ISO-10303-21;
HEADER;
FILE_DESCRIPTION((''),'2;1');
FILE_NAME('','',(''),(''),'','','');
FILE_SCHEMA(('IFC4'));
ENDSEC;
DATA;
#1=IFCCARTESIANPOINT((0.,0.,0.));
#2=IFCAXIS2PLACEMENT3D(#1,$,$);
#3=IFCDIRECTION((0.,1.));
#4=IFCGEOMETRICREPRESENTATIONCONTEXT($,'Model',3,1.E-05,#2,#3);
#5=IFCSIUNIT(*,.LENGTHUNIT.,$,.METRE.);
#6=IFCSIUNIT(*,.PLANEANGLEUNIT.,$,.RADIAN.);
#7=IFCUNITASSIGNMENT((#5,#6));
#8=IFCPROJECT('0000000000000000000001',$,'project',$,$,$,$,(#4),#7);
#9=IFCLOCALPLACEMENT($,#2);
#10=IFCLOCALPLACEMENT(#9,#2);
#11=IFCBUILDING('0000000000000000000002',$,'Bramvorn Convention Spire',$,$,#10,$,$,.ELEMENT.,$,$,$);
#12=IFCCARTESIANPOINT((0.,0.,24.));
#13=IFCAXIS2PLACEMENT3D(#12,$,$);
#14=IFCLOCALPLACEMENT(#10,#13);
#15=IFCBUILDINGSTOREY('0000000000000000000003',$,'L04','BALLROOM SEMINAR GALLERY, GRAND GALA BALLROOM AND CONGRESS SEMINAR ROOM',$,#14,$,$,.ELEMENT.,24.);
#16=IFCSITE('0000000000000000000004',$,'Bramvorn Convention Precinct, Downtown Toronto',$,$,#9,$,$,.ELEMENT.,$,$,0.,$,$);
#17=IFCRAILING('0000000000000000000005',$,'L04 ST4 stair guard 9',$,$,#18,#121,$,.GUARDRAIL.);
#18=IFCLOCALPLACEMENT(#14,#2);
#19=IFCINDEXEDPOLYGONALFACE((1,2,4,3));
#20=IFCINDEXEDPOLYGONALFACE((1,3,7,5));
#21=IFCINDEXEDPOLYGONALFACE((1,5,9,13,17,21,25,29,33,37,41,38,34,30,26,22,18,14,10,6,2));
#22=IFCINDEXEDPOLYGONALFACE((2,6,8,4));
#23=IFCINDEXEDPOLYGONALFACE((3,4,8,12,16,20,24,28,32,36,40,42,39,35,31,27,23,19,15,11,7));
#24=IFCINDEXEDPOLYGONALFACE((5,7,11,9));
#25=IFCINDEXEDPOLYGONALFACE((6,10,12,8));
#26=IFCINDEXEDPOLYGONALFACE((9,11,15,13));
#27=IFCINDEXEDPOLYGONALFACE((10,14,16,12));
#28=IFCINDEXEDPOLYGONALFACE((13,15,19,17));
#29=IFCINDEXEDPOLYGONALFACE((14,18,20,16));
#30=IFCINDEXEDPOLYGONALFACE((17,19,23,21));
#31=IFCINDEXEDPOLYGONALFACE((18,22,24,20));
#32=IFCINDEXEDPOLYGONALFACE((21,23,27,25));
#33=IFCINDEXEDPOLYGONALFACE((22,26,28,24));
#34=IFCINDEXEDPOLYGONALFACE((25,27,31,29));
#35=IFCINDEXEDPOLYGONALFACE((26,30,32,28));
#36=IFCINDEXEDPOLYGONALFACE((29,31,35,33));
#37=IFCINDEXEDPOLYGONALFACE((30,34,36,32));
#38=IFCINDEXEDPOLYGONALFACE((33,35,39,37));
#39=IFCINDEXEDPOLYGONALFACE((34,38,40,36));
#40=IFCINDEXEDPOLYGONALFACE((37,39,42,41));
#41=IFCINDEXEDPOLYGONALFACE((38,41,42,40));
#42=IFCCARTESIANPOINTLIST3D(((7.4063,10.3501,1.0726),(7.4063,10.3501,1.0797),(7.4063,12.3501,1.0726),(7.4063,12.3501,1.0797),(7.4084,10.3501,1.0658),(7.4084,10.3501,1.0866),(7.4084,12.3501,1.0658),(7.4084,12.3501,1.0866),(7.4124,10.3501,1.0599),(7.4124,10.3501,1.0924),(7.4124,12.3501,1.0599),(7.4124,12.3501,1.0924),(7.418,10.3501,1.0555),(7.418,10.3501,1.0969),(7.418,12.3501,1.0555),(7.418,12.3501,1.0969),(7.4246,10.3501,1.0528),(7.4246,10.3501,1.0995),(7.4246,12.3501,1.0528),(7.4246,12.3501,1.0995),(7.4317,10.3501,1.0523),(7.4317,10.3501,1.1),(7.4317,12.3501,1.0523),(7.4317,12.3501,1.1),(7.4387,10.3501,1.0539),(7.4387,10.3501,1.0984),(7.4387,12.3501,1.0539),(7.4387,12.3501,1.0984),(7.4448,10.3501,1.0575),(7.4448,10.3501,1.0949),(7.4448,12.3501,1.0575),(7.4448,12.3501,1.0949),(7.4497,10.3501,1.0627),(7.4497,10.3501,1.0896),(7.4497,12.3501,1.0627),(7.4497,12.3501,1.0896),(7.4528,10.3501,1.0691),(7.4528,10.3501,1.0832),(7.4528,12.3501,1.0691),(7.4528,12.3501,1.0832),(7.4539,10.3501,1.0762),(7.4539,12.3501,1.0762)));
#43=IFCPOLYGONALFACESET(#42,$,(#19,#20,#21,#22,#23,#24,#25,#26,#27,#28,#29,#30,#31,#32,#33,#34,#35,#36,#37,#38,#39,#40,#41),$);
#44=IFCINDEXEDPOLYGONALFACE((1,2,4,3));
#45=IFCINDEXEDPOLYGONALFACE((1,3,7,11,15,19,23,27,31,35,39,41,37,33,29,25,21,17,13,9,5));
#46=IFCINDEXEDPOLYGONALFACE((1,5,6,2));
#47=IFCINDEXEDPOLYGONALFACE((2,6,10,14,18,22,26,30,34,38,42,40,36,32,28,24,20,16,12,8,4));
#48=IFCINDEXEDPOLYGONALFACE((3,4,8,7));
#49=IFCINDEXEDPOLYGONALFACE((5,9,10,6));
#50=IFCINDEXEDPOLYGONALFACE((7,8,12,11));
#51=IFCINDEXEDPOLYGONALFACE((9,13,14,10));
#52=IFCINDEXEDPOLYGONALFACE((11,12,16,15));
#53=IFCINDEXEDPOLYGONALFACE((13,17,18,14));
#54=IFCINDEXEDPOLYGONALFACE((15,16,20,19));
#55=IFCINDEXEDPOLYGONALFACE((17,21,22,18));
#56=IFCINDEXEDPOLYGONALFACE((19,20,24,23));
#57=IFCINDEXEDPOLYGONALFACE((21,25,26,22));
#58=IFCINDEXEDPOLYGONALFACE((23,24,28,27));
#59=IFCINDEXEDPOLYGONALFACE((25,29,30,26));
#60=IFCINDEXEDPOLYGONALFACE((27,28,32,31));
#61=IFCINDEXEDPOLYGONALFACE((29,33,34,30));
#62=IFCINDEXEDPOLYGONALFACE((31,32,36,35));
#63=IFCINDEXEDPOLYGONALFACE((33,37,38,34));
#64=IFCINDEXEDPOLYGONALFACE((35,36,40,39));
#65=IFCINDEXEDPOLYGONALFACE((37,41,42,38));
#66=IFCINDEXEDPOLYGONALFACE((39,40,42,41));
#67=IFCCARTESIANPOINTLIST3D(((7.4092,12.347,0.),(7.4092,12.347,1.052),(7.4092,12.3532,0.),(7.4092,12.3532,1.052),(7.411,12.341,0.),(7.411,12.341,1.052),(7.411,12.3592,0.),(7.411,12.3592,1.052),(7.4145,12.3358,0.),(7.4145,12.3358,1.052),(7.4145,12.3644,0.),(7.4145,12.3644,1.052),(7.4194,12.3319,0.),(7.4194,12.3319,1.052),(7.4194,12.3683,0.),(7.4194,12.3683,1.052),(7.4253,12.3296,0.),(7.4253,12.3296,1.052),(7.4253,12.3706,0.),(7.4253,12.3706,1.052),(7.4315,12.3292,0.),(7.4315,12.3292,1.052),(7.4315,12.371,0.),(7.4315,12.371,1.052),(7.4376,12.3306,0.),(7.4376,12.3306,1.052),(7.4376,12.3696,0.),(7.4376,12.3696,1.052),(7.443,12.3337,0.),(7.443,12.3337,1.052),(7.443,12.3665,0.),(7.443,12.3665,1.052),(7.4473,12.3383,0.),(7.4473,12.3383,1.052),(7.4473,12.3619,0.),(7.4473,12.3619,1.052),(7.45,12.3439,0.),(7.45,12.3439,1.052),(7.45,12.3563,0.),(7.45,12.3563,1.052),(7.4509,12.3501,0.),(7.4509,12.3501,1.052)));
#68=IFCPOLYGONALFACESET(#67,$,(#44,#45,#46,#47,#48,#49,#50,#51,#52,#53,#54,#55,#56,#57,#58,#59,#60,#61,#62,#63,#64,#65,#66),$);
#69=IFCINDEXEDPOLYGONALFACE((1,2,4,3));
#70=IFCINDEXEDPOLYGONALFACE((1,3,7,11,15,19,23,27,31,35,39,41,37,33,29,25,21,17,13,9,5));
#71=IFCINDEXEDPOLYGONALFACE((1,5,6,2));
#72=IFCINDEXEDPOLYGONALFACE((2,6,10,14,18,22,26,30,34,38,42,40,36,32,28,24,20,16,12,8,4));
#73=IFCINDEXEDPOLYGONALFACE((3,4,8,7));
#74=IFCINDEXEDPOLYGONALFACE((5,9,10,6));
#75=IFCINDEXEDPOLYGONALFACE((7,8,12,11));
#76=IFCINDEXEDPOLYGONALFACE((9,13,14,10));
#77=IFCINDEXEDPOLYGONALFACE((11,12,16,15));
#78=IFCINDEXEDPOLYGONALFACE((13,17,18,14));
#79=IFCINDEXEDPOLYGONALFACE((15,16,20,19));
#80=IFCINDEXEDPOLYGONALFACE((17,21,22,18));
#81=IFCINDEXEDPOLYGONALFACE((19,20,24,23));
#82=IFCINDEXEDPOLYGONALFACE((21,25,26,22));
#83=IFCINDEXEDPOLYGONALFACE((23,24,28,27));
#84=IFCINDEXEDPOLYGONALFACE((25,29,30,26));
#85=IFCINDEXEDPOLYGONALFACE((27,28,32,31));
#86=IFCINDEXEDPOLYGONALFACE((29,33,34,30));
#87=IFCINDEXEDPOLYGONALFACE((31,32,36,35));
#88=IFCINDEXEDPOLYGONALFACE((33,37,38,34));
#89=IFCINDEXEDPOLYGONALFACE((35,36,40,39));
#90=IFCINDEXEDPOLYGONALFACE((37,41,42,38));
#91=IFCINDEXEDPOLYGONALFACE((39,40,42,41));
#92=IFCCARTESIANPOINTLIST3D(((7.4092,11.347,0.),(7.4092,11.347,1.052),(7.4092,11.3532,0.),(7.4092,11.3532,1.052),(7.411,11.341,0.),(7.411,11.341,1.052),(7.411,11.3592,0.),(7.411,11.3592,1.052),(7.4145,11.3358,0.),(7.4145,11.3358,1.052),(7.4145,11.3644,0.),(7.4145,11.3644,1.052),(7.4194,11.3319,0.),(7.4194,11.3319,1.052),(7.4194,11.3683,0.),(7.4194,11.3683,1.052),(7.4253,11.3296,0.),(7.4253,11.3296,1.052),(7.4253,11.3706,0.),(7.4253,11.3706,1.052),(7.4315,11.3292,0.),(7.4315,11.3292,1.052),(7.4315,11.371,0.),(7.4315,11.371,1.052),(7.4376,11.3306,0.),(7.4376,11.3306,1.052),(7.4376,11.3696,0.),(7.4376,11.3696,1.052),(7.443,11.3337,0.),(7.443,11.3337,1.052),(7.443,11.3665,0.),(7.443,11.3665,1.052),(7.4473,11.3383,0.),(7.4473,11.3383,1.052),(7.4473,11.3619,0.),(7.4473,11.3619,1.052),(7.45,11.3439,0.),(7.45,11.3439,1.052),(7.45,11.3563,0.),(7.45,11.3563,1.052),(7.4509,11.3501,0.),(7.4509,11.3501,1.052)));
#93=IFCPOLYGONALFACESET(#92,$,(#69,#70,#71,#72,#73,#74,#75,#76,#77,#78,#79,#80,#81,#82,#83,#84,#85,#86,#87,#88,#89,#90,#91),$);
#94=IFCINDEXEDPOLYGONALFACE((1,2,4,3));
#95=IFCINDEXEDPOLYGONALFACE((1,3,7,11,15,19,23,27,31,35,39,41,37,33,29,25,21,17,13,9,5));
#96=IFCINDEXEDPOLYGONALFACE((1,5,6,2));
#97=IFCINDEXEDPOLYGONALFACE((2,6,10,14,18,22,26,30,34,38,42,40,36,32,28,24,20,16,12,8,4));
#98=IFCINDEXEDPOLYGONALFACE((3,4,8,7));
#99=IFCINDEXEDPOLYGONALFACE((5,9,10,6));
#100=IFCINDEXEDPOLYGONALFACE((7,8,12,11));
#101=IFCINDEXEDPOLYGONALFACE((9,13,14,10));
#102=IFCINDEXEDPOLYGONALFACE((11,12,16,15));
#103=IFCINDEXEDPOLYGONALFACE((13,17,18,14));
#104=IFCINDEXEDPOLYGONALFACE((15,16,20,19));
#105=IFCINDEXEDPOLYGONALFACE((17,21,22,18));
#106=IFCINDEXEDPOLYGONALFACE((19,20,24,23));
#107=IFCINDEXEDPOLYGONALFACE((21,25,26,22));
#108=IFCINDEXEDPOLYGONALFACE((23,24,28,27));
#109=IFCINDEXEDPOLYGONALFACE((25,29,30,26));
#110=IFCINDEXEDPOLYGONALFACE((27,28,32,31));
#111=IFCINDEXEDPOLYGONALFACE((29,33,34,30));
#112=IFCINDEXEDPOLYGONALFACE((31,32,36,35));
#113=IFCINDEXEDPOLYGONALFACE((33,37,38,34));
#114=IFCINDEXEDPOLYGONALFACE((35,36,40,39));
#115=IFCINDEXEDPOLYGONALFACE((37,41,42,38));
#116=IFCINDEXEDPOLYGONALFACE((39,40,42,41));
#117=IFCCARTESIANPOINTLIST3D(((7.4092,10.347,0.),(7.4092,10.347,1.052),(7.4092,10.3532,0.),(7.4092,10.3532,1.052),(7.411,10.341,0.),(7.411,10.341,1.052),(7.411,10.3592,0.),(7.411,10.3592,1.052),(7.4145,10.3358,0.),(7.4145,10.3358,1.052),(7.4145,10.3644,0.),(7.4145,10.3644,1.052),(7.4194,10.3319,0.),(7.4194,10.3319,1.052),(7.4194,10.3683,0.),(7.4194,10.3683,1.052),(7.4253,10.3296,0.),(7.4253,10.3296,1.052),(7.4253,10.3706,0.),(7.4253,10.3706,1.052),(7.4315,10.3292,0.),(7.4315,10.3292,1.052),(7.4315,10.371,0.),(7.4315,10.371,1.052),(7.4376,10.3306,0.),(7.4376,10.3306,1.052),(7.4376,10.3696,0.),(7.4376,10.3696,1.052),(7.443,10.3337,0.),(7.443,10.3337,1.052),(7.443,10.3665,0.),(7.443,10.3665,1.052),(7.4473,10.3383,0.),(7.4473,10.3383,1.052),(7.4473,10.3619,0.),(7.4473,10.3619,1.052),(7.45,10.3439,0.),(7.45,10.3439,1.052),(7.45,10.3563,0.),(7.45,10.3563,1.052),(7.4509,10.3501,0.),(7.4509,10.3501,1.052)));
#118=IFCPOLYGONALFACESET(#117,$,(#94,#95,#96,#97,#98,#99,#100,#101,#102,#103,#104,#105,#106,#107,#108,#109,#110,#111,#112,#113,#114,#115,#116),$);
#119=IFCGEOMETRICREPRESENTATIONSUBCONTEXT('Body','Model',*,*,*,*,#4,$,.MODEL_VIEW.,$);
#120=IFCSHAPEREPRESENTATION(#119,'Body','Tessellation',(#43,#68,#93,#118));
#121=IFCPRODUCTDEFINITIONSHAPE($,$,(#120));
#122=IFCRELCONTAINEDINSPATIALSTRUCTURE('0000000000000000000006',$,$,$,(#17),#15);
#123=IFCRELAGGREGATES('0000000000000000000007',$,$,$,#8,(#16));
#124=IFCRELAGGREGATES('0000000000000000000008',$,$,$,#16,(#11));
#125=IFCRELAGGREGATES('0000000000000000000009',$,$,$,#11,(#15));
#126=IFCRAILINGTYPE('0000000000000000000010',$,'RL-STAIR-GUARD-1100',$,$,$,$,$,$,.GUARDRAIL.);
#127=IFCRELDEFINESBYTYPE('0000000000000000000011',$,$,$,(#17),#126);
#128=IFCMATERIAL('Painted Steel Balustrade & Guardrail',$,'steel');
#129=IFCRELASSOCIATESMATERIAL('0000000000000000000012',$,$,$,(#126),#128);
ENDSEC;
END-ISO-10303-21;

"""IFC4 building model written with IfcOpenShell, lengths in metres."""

from ifc_helpers import new_model, si_unit, direction, frame, origin, origin_2d, place, context, subcontext, project, spatial, circle, extrude, material, type_object, element, save


model = new_model("IFC4")

# Units and contexts
model_context = context("Model", 3, precision=1e-05, world=origin(), true_north=direction((0.0, 1.0)))
body_context = subcontext(model_context, "Body", "Model", "MODEL_VIEW")
ifc_project = project(units=[si_unit("LENGTHUNIT", "METRE"), si_unit("PLANEANGLEUNIT", "RADIAN")], contexts=[model_context])

# Site, building, storey
site_placement = place(None, origin())
site = spatial("IfcSite", under=ifc_project, at=site_placement, Name="Bramvorn Convention Precinct, Downtown Toronto", CompositionType="ELEMENT", RefElevation=0.0)
building_placement = place(site_placement, origin())
building = spatial("IfcBuilding", under=site, at=building_placement, Name="Bramvorn Convention Spire", CompositionType="ELEMENT")
storey_placement = place(building_placement, frame((0.0, 0.0, 24.0)))
storey = spatial("IfcBuildingStorey", under=building, at=storey_placement, Name="L04", Description="BALLROOM SEMINAR GALLERY, GRAND GALA BALLROOM AND CONGRESS SEMINAR ROOM", CompositionType="ELEMENT", Elevation=24.0)

# Railing
ifc_material_1 = material(Name="Painted Steel Balustrade & Guardrail", Category="steel")
railing_type_1 = type_object("IfcRailingType", Name="RL-STAIR-GUARD-1100", PredefinedType="GUARDRAIL", material=ifc_material_1)
for number, where, name in (
    (1, (7.4299, 12.3501, 0.0), "L04 ST4 stair guard 9"),
):
    element("IfcRailing", number, at=place(storey_placement, frame(where)), inside=storey, type_object=railing_type_1, Name=name, PredefinedType="GUARDRAIL", context=body_context, shape_type="SweptSolid", body=[
        extrude(circle(Radius=0.0239, at=origin_2d()), frame((0.0, 0.0, 1.0762), z_axis=(0.0, -1.0, 0.0), x_axis=(1.0, 0.0, 0.0)), (0.0, 0.0, 1.0), 2.0),
        extrude(circle(Radius=0.021, at=origin_2d()), origin(), (0.0, 0.0, 1.0), 1.052),
        extrude(circle(Radius=0.021, at=origin_2d()), frame((0.0, -1.0, 0.0)), (0.0, 0.0, 1.0), 1.052),
        extrude(circle(Radius=0.021, at=origin_2d()), frame((0.0, -2.0, 0.0)), (0.0, 0.0, 1.0), 1.052),
    ])

save(model, "model.ifc")
